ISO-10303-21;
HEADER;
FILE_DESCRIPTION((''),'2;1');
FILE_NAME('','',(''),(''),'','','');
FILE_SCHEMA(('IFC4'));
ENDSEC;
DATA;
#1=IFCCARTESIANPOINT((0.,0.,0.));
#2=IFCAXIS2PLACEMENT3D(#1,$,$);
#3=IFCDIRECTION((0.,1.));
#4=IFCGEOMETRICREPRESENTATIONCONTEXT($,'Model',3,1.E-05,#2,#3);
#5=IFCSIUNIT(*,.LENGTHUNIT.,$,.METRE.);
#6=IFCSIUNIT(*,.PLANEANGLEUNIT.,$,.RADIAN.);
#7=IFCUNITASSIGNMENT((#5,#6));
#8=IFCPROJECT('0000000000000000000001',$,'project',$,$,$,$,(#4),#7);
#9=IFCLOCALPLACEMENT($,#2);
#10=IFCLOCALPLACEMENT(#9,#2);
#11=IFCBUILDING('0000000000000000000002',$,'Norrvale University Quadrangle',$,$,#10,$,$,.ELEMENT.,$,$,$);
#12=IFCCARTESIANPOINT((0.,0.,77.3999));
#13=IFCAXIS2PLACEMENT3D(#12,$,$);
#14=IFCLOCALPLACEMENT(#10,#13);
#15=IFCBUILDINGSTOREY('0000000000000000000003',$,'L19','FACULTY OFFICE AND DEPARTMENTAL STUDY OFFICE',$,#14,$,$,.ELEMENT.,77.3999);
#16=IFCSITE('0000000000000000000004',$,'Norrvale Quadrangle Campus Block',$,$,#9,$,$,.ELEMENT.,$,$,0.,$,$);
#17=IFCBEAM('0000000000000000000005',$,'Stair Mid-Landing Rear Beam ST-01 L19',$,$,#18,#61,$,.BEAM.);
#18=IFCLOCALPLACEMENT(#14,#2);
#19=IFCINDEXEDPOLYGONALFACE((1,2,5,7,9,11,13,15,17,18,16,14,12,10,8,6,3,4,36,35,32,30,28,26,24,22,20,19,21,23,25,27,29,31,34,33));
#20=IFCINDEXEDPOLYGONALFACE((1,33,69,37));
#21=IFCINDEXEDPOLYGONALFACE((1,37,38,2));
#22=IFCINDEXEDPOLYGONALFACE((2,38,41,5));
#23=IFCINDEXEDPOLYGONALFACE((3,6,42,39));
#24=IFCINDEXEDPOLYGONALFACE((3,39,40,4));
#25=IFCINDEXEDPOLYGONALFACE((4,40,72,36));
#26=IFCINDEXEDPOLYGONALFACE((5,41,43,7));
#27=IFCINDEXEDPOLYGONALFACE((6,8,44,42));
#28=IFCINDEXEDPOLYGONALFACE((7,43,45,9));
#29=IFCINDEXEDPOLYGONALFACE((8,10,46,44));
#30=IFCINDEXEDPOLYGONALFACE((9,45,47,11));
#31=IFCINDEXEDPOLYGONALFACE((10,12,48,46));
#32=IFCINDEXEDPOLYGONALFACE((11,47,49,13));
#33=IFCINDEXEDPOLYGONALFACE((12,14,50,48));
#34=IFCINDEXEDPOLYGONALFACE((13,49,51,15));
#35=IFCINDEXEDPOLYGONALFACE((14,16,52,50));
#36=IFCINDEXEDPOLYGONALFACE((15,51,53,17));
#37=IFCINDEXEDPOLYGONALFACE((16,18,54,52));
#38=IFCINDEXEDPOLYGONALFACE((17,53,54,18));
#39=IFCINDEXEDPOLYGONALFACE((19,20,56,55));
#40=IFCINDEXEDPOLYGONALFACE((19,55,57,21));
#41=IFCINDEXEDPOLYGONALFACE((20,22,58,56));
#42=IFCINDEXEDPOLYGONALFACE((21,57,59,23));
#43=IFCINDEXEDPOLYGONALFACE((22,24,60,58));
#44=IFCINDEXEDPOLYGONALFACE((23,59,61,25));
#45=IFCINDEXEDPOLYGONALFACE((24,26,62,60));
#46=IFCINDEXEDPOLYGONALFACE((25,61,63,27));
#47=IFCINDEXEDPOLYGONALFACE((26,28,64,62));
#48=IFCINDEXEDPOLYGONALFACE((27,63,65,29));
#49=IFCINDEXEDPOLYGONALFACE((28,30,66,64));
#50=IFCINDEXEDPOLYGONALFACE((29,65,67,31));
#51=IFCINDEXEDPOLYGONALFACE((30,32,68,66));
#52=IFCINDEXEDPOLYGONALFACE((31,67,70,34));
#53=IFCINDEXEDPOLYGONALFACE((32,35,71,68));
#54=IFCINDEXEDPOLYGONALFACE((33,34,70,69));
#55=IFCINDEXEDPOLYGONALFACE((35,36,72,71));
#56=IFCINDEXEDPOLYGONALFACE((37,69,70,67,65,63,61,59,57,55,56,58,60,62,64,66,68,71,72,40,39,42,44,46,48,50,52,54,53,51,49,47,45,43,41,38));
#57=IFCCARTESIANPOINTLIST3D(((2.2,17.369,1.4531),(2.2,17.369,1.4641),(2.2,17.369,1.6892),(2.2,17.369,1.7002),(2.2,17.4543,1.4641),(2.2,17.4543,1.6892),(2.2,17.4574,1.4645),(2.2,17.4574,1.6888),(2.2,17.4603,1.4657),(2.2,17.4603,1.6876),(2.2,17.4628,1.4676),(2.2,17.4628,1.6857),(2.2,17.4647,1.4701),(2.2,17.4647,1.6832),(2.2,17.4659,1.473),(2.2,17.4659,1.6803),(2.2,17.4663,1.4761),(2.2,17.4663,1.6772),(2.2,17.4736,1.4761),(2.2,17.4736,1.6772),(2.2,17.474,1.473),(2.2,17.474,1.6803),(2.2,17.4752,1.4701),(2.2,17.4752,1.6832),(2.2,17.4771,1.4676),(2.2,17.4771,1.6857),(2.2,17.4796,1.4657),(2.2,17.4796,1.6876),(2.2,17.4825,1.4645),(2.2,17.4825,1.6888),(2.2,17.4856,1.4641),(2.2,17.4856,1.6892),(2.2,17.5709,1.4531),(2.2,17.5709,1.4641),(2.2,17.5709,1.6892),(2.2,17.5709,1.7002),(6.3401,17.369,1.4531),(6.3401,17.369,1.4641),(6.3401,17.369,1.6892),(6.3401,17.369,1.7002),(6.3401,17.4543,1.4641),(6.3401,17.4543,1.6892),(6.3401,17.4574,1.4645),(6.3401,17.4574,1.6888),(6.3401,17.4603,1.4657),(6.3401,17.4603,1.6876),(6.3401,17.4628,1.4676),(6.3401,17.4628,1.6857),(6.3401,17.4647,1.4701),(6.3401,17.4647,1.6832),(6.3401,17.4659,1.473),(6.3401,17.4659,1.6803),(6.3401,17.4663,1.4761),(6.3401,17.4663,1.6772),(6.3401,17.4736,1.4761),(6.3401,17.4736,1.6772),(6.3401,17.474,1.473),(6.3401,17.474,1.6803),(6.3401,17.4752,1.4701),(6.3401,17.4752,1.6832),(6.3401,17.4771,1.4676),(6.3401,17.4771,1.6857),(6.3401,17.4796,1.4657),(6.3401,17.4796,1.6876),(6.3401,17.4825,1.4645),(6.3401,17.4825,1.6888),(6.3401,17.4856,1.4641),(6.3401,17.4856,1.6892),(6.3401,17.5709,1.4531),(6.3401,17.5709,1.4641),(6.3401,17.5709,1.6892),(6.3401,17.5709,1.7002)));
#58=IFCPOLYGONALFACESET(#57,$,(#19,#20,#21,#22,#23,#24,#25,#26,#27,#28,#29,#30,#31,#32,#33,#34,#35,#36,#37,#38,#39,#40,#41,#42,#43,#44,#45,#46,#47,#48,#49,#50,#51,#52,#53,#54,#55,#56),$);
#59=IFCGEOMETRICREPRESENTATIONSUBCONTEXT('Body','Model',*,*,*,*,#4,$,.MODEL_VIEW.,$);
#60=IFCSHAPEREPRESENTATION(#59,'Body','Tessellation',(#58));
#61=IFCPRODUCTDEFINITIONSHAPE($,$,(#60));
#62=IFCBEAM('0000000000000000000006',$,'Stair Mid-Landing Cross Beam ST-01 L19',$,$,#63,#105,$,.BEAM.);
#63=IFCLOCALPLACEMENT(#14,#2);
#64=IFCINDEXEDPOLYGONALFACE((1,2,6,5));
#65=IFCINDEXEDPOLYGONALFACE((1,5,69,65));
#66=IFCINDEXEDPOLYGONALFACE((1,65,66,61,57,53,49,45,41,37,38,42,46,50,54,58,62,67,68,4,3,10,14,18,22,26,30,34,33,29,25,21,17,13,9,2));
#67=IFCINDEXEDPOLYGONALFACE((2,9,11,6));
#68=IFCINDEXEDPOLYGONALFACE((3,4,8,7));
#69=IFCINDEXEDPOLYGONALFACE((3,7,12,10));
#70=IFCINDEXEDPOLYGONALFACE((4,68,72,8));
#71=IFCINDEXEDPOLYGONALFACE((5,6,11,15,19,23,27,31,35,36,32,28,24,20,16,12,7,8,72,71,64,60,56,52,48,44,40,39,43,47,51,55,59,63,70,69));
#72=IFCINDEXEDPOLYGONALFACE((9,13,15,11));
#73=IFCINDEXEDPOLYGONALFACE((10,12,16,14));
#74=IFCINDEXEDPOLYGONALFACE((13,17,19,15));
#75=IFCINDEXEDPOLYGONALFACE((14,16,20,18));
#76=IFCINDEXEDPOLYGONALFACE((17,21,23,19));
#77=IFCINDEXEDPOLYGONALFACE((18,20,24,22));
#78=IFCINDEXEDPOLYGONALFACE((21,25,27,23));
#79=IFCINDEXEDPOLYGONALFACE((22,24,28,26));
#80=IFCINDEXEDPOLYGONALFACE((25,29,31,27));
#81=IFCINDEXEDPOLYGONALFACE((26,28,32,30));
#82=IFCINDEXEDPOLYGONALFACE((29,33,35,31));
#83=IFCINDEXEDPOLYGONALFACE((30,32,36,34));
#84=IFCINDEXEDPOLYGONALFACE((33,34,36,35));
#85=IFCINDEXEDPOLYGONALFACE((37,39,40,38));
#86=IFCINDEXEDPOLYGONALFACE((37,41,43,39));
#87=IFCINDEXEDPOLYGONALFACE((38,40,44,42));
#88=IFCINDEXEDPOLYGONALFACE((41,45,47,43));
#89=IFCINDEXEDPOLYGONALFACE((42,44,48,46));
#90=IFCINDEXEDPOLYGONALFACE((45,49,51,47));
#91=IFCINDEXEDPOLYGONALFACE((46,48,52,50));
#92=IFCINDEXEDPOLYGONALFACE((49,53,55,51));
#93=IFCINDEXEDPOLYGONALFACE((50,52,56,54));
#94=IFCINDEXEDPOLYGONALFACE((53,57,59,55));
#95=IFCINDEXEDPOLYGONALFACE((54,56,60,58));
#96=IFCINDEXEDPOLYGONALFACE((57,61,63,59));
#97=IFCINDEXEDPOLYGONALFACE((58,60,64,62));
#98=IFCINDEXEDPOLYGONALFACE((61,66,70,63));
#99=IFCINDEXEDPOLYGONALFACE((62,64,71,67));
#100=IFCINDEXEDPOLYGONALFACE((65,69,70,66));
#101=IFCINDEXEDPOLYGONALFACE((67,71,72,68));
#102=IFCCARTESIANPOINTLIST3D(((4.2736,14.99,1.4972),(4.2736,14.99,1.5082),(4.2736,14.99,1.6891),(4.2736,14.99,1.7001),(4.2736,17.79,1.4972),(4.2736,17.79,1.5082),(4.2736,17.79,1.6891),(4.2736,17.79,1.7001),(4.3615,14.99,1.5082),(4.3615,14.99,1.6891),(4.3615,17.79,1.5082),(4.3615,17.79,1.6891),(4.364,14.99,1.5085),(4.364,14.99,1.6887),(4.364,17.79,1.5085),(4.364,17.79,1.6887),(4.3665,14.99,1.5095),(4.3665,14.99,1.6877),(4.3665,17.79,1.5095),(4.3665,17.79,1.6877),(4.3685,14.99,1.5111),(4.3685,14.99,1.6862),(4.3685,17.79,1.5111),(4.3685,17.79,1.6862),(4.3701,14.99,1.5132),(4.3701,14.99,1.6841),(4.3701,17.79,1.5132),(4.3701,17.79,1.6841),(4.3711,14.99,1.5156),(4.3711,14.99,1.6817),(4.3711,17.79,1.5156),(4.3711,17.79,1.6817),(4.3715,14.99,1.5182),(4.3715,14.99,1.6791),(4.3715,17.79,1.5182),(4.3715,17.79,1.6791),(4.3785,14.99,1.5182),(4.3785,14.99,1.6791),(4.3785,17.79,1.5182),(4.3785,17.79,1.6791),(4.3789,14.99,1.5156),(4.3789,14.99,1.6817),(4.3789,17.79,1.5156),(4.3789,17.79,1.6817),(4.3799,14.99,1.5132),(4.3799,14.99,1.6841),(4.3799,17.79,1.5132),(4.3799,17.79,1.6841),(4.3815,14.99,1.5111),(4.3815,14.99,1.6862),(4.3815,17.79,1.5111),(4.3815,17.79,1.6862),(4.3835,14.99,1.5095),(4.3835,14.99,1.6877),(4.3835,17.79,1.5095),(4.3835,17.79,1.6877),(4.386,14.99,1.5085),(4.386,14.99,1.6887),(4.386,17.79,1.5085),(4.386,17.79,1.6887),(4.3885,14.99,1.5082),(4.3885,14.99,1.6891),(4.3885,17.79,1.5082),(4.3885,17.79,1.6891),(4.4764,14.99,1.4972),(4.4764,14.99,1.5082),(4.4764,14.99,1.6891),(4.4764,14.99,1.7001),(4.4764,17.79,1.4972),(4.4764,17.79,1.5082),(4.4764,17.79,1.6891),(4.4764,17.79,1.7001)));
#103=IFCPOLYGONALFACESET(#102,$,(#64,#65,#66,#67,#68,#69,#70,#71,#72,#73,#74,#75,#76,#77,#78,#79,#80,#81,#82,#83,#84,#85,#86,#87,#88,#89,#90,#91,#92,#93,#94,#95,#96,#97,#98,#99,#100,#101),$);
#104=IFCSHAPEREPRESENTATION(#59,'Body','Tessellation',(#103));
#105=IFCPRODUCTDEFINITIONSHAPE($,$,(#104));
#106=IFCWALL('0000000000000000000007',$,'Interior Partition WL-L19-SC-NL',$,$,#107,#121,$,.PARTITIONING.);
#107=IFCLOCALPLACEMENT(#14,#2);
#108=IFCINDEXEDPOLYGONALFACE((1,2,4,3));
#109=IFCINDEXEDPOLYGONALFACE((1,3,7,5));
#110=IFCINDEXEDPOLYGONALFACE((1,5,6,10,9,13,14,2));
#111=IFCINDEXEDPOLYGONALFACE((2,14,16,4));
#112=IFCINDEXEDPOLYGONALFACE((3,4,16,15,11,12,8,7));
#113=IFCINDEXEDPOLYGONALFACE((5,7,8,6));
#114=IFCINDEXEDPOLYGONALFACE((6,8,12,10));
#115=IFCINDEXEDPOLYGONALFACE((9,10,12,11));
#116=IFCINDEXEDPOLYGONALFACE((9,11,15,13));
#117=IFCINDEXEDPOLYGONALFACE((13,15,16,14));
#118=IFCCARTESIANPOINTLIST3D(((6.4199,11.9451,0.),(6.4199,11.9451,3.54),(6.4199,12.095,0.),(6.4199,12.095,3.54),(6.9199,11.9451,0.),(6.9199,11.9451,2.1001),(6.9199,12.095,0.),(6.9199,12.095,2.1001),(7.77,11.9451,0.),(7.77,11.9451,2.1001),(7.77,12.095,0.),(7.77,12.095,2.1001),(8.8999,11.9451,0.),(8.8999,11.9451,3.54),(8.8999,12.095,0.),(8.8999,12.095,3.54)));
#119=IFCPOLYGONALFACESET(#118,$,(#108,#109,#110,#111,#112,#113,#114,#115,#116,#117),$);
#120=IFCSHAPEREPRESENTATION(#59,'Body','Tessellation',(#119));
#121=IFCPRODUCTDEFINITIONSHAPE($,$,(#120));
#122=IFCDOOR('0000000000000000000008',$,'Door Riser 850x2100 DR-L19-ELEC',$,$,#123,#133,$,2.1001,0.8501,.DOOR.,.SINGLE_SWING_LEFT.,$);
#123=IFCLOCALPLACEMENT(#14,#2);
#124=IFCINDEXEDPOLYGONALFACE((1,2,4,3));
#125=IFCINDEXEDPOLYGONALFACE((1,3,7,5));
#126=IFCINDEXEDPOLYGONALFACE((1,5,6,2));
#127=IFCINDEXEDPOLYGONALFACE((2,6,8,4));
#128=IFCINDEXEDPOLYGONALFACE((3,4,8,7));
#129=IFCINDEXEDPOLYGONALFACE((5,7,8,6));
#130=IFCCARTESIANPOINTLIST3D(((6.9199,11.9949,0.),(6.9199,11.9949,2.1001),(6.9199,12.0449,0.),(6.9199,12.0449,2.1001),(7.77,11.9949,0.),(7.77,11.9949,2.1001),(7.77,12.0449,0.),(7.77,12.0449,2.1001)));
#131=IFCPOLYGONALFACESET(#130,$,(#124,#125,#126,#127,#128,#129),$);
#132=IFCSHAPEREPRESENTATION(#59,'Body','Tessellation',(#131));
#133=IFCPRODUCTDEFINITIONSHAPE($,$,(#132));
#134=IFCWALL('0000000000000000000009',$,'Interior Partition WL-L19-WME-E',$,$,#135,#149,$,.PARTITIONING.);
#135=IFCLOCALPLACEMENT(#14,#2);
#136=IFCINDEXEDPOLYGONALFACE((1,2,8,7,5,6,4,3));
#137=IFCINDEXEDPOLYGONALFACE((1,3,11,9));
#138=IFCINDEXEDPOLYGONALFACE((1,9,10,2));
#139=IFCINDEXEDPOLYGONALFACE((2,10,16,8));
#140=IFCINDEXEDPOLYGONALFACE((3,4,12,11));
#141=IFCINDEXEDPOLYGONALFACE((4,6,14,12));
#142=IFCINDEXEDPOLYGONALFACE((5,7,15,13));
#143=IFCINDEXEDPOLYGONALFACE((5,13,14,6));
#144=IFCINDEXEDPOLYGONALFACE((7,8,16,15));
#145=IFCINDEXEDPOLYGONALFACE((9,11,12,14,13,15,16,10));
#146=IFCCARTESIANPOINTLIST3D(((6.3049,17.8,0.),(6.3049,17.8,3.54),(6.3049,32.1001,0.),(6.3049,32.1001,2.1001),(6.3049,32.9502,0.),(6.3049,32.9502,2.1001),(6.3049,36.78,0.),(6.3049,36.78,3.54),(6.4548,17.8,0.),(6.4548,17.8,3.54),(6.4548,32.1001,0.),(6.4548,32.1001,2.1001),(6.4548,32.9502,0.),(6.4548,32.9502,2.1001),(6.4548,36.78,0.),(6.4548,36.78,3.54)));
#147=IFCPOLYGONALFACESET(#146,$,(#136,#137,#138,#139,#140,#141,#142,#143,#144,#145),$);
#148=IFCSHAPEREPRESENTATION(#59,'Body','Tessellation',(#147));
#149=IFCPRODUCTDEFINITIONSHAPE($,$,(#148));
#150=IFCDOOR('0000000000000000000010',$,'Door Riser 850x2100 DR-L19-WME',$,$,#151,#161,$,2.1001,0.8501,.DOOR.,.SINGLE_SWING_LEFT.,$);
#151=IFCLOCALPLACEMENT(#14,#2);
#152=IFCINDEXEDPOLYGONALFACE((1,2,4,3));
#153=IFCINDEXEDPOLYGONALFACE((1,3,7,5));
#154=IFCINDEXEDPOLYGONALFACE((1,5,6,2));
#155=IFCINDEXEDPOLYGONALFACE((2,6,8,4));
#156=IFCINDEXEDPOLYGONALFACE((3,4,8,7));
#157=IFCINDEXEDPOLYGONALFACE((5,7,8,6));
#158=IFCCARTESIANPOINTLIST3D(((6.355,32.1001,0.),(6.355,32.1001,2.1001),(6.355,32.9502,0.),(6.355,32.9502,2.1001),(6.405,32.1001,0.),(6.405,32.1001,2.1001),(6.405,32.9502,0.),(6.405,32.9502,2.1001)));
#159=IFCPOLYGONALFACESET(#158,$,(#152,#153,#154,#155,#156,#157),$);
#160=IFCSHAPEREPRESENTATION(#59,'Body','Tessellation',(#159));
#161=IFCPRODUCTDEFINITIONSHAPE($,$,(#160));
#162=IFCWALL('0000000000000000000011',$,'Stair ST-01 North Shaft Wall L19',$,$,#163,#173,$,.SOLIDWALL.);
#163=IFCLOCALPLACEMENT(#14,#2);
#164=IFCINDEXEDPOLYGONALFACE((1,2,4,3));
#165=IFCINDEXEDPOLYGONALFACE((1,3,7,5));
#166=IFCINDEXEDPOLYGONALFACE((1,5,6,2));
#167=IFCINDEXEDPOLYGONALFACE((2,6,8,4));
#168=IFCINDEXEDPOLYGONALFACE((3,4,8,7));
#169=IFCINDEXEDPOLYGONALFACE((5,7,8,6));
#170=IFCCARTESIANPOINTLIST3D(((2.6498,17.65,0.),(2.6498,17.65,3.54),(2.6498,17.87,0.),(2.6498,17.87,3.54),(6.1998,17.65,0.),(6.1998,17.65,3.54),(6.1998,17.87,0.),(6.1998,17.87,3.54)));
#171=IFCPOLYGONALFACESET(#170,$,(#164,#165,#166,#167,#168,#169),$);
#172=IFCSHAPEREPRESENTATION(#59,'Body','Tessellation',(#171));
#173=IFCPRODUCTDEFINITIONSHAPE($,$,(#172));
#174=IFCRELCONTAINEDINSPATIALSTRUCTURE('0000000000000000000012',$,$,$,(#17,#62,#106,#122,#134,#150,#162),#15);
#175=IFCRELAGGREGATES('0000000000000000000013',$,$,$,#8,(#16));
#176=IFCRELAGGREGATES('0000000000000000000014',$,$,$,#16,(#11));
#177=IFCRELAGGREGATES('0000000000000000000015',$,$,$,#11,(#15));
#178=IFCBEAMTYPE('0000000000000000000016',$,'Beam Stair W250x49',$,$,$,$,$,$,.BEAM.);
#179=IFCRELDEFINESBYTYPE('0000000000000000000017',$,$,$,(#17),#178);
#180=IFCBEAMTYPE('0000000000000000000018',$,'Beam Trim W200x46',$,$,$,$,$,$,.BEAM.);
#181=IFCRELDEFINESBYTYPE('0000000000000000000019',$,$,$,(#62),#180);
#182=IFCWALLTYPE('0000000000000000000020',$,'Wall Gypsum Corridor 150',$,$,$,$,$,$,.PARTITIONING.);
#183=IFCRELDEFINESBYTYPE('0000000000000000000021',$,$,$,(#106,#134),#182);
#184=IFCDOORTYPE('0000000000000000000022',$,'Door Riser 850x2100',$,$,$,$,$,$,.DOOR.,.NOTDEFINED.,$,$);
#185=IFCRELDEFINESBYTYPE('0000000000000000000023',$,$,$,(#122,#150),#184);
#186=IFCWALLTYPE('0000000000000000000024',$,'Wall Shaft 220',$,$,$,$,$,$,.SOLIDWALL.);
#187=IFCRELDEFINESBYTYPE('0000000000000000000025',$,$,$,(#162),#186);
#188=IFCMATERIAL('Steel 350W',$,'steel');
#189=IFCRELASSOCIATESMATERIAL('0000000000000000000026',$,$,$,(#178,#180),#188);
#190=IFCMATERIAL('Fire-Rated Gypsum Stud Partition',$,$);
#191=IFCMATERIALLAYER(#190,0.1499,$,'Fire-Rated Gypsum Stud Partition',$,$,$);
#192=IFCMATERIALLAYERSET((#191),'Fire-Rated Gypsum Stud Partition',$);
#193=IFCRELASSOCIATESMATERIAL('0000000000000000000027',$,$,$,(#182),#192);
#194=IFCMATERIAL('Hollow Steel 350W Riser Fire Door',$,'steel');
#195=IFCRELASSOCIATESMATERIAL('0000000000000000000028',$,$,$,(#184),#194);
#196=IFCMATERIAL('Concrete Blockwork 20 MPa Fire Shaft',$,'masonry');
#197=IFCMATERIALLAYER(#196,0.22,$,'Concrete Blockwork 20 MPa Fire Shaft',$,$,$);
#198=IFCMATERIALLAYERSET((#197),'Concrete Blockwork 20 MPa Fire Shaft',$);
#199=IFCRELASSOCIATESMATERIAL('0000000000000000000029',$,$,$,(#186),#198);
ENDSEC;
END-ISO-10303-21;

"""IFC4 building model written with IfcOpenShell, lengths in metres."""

from ifc_helpers import new_model, si_unit, direction, frame, frame_2d, origin, origin_2d, place, context, subcontext, project, spatial, rectangle, i_section, extrude, material, layer, layer_set, material_profile, profile_set, type_object, element, fill, save


model = new_model("IFC4")

# Units and contexts
model_context = context("Model", 3, precision=1e-05, world=origin(), true_north=direction((0.0, 1.0)))
body_context = subcontext(model_context, "Body", "Model", "MODEL_VIEW")
ifc_project = project(units=[si_unit("LENGTHUNIT", "METRE"), si_unit("PLANEANGLEUNIT", "RADIAN")], contexts=[model_context])

# Site, building, storey
site_placement = place(None, origin())
site = spatial("IfcSite", under=ifc_project, at=site_placement, Name="Norrvale Quadrangle Campus Block", CompositionType="ELEMENT", RefElevation=0.0)
building_placement = place(site_placement, origin())
building = spatial("IfcBuilding", under=site, at=building_placement, Name="Norrvale University Quadrangle", CompositionType="ELEMENT")
storey_placement = place(building_placement, frame((0.0, 0.0, 77.3999)))
storey = spatial("IfcBuildingStorey", under=building, at=storey_placement, Name="L19", Description="FACULTY OFFICE AND DEPARTMENTAL STUDY OFFICE", CompositionType="ELEMENT", Elevation=77.3999)

# Beams
ifc_material_1 = material(Name="Steel 350W", Category="steel")
ifc_material_profile_1 = material_profile(ifc_material_1, i_section(OverallWidth=0.2019, OverallDepth=0.2471, WebThickness=0.0073, FlangeThickness=0.011, FilletRadius=0.012, at=origin_2d()), Name="Steel 350W")
ifc_profile_set_1 = profile_set([ifc_material_profile_1], Name="Steel 350W")
beam_type_1 = type_object("IfcBeamType", Name="Beam Stair W250x49", PredefinedType="BEAM", material=ifc_profile_set_1)
for number, where, z_axis, x_axis, name in (
    (1, (2.2, 17.47, 1.5767), (1.0, 0.0, 0.0), (0.0, 1.0, 0.0), "Stair Mid-Landing Rear Beam ST-01 L19"),
):
    element("IfcBeam", number, at=place(storey_placement, frame(where, z_axis=z_axis, x_axis=x_axis)), inside=storey, type_object=beam_type_1, Name=name, PredefinedType="BEAM", context=body_context, shape_type="SweptSolid", body=[
        extrude(i_section(OverallWidth=0.2019, OverallDepth=0.2471, WebThickness=0.0073, FlangeThickness=0.011, FilletRadius=0.012, at=origin_2d()), origin(), (0.0, 0.0, 1.0), 4.1401),
    ])
ifc_material_profile_2 = material_profile(ifc_material_1, i_section(OverallWidth=0.2029, OverallDepth=0.2029, WebThickness=0.0071, FlangeThickness=0.011, FilletRadius=0.01, at=origin_2d()), Name="Steel 350W")
ifc_profile_set_2 = profile_set([ifc_material_profile_2], Name="Steel 350W")
beam_type_2 = type_object("IfcBeamType", Name="Beam Trim W200x46", PredefinedType="BEAM", material=ifc_profile_set_2)
beam_1_placement = place(storey_placement, frame((4.375, 14.99, 1.5986), z_axis=(0.0, 1.0, 0.0), x_axis=(-1.0, 0.0, 0.0)))
element("IfcBeam", 2, at=beam_1_placement, inside=storey, type_object=beam_type_2, Name="Stair Mid-Landing Cross Beam ST-01 L19", PredefinedType="BEAM", context=body_context, shape_type="SweptSolid", body=[
    extrude(i_section(OverallWidth=0.2029, OverallDepth=0.2029, WebThickness=0.0071, FlangeThickness=0.011, FilletRadius=0.01, at=origin_2d()), origin(), (0.0, 0.0, 1.0), 2.8),
])

# Walls, openings, doors
ifc_material_2 = material(Name="Fire-Rated Gypsum Stud Partition")
ifc_layer_1 = layer(ifc_material_2, 0.1499, Name="Fire-Rated Gypsum Stud Partition")
ifc_layer_set_1 = layer_set([ifc_layer_1], Name="Fire-Rated Gypsum Stud Partition")
wall_type_1 = type_object("IfcWallType", Name="Wall Gypsum Corridor 150", PredefinedType="PARTITIONING", material=ifc_layer_set_1)
wall_1_placement = place(storey_placement, frame((6.4199, 12.02, 0.0), z_axis=(0.0, 0.0, 1.0), x_axis=(1.0, 0.0, 0.0)))
wall_1 = element("IfcWall", 3, at=wall_1_placement, inside=storey, type_object=wall_type_1, Name="Interior Partition WL-L19-SC-NL", PredefinedType="PARTITIONING", context=body_context, shape_type="SweptSolid", body=[
    extrude(rectangle(XDim=2.48, YDim=0.1499, at=frame_2d((1.24, 0.0))), origin(), (0.0, 0.0, 1.0), 3.54),
])
opening_1_placement = place(wall_1_placement, frame((0.5, 0.0, 0.0)))
opening_1 = element("IfcOpeningElement", 4, at=opening_1_placement, cuts=wall_1, PredefinedType="OPENING", context=body_context, shape_type="SweptSolid", body=[
    extrude(rectangle(XDim=0.8501, YDim=2.1001, at=frame_2d((0.425, 1.05))), frame((0.0, 0.0869, 0.0), z_axis=(0.0, -1.0, 0.0), x_axis=(1.0, 0.0, 0.0)), (0.0, 0.0, 1.0), 0.1738),
])
ifc_material_3 = material(Name="Hollow Steel 350W Riser Fire Door", Category="steel")
door_type = type_object("IfcDoorType", Name="Door Riser 850x2100", OperationType="NOTDEFINED", PredefinedType="DOOR", material=ifc_material_3)
door_1_placement = place(opening_1_placement, origin())
door_1 = element("IfcDoor", 5, at=door_1_placement, inside=storey, type_object=door_type, Name="Door Riser 850x2100 DR-L19-ELEC", OperationType="SINGLE_SWING_LEFT", OverallHeight=2.1001, OverallWidth=0.8501, PredefinedType="DOOR", context=body_context, shape_type="SweptSolid", body=[
    extrude(rectangle(XDim=0.8501, YDim=2.1001, at=frame_2d((0.425, 1.05))), frame((0.0, 0.0249, 0.0), z_axis=(0.0, -1.0, 0.0), x_axis=(1.0, 0.0, 0.0)), (0.0, 0.0, 1.0), 0.05),
])
fill(opening_1, door_1)
wall_2_placement = place(storey_placement, frame((6.3799, 17.8, 0.0), z_axis=(0.0, 0.0, 1.0), x_axis=(0.0, 1.0, 0.0)))
wall_2 = element("IfcWall", 6, at=wall_2_placement, inside=storey, type_object=wall_type_1, Name="Interior Partition WL-L19-WME-E", PredefinedType="PARTITIONING", context=body_context, shape_type="SweptSolid", body=[
    extrude(rectangle(XDim=18.98, YDim=0.1499, at=frame_2d((9.49, 0.0))), origin(), (0.0, 0.0, 1.0), 3.54),
])
opening_2_placement = place(wall_2_placement, frame((14.3, 0.0, 0.0)))
opening_2 = element("IfcOpeningElement", 7, at=opening_2_placement, cuts=wall_2, PredefinedType="OPENING", context=body_context, shape_type="SweptSolid", body=[
    extrude(rectangle(XDim=0.8501, YDim=2.1001, at=frame_2d((0.425, 1.05))), frame((0.0, 0.0869, 0.0), z_axis=(0.0, -1.0, 0.0), x_axis=(1.0, 0.0, 0.0)), (0.0, 0.0, 1.0), 0.1738),
])
door_2_placement = place(opening_2_placement, origin())
door_2 = element("IfcDoor", 8, at=door_2_placement, inside=storey, type_object=door_type, Name="Door Riser 850x2100 DR-L19-WME", OperationType="SINGLE_SWING_LEFT", OverallHeight=2.1001, OverallWidth=0.8501, PredefinedType="DOOR", context=body_context, shape_type="SweptSolid", body=[
    extrude(rectangle(XDim=0.8501, YDim=2.1001, at=frame_2d((0.425, 1.05))), frame((0.0, 0.0249, 0.0), z_axis=(0.0, -1.0, 0.0), x_axis=(1.0, 0.0, 0.0)), (0.0, 0.0, 1.0), 0.05),
])
fill(opening_2, door_2)

# Wall
ifc_material_4 = material(Name="Concrete Blockwork 20 MPa Fire Shaft", Category="masonry")
ifc_layer_2 = layer(ifc_material_4, 0.22, Name="Concrete Blockwork 20 MPa Fire Shaft")
ifc_layer_set_2 = layer_set([ifc_layer_2], Name="Concrete Blockwork 20 MPa Fire Shaft")
wall_type_2 = type_object("IfcWallType", Name="Wall Shaft 220", PredefinedType="SOLIDWALL", material=ifc_layer_set_2)
wall_3_placement = place(storey_placement, frame((2.6499, 17.76, 0.0), z_axis=(0.0, 0.0, 1.0), x_axis=(1.0, 0.0, 0.0)))
element("IfcWall", 9, at=wall_3_placement, inside=storey, type_object=wall_type_2, Name="Stair ST-01 North Shaft Wall L19", PredefinedType="SOLIDWALL", context=body_context, shape_type="SweptSolid", body=[
    extrude(rectangle(XDim=3.55, YDim=0.22, at=frame_2d((1.7749, 0.0))), origin(), (0.0, 0.0, 1.0), 3.54),
])

save(model, "model.ifc")
